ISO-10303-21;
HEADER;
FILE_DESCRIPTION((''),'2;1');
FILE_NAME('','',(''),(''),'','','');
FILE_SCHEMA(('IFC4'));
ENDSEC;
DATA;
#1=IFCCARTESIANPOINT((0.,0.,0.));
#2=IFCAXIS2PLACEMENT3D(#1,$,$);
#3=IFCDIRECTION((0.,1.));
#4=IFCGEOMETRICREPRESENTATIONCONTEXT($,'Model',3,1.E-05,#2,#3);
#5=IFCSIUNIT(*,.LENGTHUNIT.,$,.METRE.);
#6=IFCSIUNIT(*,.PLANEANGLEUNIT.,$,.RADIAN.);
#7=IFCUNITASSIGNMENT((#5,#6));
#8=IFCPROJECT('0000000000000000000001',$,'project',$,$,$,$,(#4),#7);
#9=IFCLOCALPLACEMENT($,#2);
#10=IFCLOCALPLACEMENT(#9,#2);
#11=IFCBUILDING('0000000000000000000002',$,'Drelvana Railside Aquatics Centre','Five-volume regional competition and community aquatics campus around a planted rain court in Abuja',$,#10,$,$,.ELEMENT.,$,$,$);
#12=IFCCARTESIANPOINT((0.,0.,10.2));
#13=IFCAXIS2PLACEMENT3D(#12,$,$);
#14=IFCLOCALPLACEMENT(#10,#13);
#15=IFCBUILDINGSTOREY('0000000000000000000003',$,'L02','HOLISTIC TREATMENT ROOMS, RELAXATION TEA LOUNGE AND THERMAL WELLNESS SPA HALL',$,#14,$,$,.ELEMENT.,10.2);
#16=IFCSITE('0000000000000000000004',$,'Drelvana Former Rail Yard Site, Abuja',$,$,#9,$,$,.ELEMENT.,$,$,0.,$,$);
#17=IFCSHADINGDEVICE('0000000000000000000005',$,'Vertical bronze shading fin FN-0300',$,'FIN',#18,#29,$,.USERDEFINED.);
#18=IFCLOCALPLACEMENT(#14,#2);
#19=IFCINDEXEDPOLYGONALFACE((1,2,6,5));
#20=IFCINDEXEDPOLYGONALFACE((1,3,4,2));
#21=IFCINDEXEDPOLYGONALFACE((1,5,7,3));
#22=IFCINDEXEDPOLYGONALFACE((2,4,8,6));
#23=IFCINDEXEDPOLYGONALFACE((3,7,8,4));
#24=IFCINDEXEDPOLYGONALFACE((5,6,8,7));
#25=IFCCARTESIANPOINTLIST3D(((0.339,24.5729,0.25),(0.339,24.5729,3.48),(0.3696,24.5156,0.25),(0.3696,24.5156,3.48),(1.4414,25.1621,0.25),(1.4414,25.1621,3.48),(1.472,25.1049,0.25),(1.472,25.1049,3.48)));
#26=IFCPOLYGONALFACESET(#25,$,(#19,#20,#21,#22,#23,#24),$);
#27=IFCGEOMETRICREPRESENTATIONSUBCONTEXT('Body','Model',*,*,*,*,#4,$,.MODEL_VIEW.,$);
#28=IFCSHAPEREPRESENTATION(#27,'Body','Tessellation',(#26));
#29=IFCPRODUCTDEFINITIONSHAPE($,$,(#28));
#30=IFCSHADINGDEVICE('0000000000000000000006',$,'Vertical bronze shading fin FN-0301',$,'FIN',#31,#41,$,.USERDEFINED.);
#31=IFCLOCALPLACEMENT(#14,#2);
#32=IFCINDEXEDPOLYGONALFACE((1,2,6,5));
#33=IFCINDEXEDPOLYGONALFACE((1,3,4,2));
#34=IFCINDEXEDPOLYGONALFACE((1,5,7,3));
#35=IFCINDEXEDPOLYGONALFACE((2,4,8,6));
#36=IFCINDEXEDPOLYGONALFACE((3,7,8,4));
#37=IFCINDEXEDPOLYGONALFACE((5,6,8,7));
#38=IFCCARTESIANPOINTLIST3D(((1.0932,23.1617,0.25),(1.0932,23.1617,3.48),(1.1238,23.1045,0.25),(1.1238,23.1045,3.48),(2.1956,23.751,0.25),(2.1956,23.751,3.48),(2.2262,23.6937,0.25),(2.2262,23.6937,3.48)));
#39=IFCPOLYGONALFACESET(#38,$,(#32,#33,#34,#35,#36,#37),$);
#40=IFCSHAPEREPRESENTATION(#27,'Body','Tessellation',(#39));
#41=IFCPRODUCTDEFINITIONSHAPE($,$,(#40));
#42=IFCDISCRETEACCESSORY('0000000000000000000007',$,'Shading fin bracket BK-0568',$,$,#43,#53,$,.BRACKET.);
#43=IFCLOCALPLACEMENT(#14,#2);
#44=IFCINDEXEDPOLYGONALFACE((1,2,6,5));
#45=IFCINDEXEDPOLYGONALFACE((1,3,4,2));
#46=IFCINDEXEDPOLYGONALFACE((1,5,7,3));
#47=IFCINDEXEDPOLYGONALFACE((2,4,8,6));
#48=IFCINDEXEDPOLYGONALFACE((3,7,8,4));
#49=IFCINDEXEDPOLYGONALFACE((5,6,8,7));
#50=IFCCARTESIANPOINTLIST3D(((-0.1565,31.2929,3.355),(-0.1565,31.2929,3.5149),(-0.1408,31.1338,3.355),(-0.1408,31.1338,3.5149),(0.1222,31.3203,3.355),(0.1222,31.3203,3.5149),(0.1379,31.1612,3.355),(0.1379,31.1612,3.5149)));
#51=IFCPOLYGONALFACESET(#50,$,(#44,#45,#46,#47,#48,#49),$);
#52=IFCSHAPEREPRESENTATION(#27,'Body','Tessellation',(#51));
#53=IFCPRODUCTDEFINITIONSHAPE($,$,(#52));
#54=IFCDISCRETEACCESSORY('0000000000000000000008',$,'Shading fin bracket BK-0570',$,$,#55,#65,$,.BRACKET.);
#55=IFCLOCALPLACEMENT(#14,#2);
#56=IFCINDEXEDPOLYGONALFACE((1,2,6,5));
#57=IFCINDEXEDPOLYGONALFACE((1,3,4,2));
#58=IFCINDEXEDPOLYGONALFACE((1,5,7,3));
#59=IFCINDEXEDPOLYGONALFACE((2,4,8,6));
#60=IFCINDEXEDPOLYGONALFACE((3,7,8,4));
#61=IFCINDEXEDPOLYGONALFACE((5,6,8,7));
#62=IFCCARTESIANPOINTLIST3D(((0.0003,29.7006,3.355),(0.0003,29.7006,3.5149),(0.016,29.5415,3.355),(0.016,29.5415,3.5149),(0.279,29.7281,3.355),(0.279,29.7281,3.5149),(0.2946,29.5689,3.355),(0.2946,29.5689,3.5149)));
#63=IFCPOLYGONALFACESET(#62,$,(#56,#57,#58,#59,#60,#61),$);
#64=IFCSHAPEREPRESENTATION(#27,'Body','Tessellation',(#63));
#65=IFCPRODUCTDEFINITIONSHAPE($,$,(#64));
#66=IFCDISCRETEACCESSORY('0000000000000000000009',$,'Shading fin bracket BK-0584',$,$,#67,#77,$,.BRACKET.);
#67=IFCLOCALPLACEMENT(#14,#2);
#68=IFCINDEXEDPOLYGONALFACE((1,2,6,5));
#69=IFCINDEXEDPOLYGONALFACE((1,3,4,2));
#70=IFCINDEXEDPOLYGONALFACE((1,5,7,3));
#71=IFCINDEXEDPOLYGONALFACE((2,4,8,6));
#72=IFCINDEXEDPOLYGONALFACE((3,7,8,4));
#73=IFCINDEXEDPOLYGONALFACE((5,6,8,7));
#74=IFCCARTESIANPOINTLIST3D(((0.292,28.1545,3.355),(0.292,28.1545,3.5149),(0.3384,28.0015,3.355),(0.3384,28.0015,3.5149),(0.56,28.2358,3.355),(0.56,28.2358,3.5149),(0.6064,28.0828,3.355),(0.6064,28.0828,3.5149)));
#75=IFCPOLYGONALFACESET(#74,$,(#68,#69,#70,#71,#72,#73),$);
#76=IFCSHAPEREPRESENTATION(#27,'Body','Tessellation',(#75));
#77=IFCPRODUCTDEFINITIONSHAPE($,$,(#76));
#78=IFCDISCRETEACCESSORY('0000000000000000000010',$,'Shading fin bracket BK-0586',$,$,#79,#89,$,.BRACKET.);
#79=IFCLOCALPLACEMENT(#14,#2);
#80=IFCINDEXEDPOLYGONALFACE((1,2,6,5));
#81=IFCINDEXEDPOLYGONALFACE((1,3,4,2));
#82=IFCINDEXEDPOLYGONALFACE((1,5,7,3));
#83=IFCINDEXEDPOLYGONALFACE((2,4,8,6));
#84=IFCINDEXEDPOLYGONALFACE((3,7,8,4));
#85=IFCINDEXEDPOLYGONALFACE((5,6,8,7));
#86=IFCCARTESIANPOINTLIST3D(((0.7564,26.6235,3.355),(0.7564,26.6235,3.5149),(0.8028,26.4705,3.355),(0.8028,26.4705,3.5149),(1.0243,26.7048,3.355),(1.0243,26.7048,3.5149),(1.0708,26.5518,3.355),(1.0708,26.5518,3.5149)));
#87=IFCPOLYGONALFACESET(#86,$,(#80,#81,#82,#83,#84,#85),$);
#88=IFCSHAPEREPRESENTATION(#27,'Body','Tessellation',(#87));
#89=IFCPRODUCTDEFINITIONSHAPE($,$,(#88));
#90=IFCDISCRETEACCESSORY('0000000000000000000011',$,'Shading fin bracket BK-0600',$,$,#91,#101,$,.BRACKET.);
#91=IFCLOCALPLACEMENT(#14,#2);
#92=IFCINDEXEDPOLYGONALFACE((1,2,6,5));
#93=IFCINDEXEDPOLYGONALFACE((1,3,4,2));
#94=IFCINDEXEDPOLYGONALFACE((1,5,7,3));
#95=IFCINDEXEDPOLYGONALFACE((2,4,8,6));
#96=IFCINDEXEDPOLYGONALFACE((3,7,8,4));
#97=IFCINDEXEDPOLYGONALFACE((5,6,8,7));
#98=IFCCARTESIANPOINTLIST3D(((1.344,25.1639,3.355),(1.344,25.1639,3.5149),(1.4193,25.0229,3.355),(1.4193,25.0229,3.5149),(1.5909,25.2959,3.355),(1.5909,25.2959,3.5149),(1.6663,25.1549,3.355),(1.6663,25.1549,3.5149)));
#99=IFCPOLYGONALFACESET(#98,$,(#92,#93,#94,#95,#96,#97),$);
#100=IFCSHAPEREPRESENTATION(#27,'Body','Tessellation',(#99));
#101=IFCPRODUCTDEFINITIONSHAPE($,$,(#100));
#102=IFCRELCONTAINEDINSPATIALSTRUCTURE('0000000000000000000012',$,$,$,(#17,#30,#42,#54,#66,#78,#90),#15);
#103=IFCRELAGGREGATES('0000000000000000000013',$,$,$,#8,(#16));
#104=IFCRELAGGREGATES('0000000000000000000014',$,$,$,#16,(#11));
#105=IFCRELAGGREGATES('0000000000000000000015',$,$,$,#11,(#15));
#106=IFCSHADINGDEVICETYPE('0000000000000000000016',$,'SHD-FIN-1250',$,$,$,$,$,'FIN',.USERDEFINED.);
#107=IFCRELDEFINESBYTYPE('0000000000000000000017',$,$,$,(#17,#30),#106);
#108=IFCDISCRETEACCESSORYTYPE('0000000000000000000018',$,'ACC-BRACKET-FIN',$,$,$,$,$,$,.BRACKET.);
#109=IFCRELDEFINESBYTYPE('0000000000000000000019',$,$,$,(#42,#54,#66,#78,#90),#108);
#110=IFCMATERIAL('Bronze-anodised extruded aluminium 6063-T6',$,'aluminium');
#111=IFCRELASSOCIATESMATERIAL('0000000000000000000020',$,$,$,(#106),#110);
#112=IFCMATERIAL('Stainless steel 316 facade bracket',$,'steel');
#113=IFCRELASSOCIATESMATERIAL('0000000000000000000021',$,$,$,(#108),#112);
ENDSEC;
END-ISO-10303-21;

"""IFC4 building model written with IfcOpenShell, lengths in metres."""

from ifc_helpers import new_model, si_unit, direction, frame, origin, origin_2d, place, context, subcontext, project, spatial, rectangle, extrude, material, type_object, element, save


model = new_model("IFC4")

# Units and contexts
model_context = context("Model", 3, precision=1e-05, world=origin(), true_north=direction((0.0, 1.0)))
body_context = subcontext(model_context, "Body", "Model", "MODEL_VIEW")
ifc_project = project(units=[si_unit("LENGTHUNIT", "METRE"), si_unit("PLANEANGLEUNIT", "RADIAN")], contexts=[model_context])

# Site, building, storey
site_placement = place(None, origin())
site = spatial("IfcSite", under=ifc_project, at=site_placement, Name="Drelvana Former Rail Yard Site, Abuja", CompositionType="ELEMENT", RefElevation=0.0)
building_placement = place(site_placement, origin())
building = spatial("IfcBuilding", under=site, at=building_placement, Name="Drelvana Railside Aquatics Centre", Description="Five-volume regional competition and community aquatics campus around a planted rain court in Abuja", CompositionType="ELEMENT")
storey_placement = place(building_placement, frame((0.0, 0.0, 10.2)))
storey = spatial("IfcBuildingStorey", under=building, at=storey_placement, Name="L02", Description="HOLISTIC TREATMENT ROOMS, RELAXATION TEA LOUNGE AND THERMAL WELLNESS SPA HALL", CompositionType="ELEMENT", Elevation=10.2)

# Shared definitions
ifc_material_1 = material(Name="Bronze-anodised extruded aluminium 6063-T6", Category="aluminium")

# Shading devices
shading_device_type = type_object("IfcShadingDeviceType", Name="SHD-FIN-1250", ElementType="FIN", PredefinedType="USERDEFINED", material=ifc_material_1)
for number, where, z_axis, x_axis, name in (
    (1, (0.9055, 24.8389, 0.25), (0.0, 0.0, 1.0), (-0.881921, -0.471397, 0.0), "Vertical bronze shading fin FN-0300"),
    (2, (1.6597, 23.4277, 0.25), (0.0, 0.0, 1.0), (-0.881921, -0.471397, 0.0), "Vertical bronze shading fin FN-0301"),
):
    element("IfcShadingDevice", number, at=place(storey_placement, frame(where, z_axis=z_axis, x_axis=x_axis)), inside=storey, type_object=shading_device_type, Name=name, ObjectType="FIN", PredefinedType="USERDEFINED", context=body_context, shape_type="SweptSolid", body=[
        extrude(rectangle(XDim=1.25, YDim=0.0649, at=origin_2d()), origin(), (0.0, 0.0, 1.0), 3.23),
    ])

# Discrete accessories
ifc_material_2 = material(Name="Stainless steel 316 facade bracket", Category="steel")
discrete_accessory_type = type_object("IfcDiscreteAccessoryType", Name="ACC-BRACKET-FIN", PredefinedType="BRACKET", material=ifc_material_2)
for number, where, z_axis, x_axis, name in (
    (3, (-0.0093, 31.2271, 3.355), (0.0, 0.0, 1.0), (-0.995185, -0.098017, 0.0), "Shading fin bracket BK-0568"),
    (4, (0.1475, 29.6348, 3.355), (0.0, 0.0, 1.0), (-0.995185, -0.098017, 0.0), "Shading fin bracket BK-0570"),
    (5, (0.4492, 28.1187, 3.355), (0.0, 0.0, 1.0), (-0.95694, -0.290285, 0.0), "Shading fin bracket BK-0584"),
    (6, (0.9136, 26.5876, 3.355), (0.0, 0.0, 1.0), (-0.95694, -0.290285, 0.0), "Shading fin bracket BK-0586"),
    (7, (1.5051, 25.1594, 3.355), (0.0, 0.0, 1.0), (-0.881921, -0.471397, 0.0), "Shading fin bracket BK-0600"),
):
    element("IfcDiscreteAccessory", number, at=place(storey_placement, frame(where, z_axis=z_axis, x_axis=x_axis)), inside=storey, type_object=discrete_accessory_type, Name=name, PredefinedType="BRACKET", context=body_context, shape_type="SweptSolid", body=[
        extrude(rectangle(XDim=0.28, YDim=0.1599, at=origin_2d()), origin(), (0.0, 0.0, 1.0), 0.1599),
    ])

save(model, "model.ifc")
